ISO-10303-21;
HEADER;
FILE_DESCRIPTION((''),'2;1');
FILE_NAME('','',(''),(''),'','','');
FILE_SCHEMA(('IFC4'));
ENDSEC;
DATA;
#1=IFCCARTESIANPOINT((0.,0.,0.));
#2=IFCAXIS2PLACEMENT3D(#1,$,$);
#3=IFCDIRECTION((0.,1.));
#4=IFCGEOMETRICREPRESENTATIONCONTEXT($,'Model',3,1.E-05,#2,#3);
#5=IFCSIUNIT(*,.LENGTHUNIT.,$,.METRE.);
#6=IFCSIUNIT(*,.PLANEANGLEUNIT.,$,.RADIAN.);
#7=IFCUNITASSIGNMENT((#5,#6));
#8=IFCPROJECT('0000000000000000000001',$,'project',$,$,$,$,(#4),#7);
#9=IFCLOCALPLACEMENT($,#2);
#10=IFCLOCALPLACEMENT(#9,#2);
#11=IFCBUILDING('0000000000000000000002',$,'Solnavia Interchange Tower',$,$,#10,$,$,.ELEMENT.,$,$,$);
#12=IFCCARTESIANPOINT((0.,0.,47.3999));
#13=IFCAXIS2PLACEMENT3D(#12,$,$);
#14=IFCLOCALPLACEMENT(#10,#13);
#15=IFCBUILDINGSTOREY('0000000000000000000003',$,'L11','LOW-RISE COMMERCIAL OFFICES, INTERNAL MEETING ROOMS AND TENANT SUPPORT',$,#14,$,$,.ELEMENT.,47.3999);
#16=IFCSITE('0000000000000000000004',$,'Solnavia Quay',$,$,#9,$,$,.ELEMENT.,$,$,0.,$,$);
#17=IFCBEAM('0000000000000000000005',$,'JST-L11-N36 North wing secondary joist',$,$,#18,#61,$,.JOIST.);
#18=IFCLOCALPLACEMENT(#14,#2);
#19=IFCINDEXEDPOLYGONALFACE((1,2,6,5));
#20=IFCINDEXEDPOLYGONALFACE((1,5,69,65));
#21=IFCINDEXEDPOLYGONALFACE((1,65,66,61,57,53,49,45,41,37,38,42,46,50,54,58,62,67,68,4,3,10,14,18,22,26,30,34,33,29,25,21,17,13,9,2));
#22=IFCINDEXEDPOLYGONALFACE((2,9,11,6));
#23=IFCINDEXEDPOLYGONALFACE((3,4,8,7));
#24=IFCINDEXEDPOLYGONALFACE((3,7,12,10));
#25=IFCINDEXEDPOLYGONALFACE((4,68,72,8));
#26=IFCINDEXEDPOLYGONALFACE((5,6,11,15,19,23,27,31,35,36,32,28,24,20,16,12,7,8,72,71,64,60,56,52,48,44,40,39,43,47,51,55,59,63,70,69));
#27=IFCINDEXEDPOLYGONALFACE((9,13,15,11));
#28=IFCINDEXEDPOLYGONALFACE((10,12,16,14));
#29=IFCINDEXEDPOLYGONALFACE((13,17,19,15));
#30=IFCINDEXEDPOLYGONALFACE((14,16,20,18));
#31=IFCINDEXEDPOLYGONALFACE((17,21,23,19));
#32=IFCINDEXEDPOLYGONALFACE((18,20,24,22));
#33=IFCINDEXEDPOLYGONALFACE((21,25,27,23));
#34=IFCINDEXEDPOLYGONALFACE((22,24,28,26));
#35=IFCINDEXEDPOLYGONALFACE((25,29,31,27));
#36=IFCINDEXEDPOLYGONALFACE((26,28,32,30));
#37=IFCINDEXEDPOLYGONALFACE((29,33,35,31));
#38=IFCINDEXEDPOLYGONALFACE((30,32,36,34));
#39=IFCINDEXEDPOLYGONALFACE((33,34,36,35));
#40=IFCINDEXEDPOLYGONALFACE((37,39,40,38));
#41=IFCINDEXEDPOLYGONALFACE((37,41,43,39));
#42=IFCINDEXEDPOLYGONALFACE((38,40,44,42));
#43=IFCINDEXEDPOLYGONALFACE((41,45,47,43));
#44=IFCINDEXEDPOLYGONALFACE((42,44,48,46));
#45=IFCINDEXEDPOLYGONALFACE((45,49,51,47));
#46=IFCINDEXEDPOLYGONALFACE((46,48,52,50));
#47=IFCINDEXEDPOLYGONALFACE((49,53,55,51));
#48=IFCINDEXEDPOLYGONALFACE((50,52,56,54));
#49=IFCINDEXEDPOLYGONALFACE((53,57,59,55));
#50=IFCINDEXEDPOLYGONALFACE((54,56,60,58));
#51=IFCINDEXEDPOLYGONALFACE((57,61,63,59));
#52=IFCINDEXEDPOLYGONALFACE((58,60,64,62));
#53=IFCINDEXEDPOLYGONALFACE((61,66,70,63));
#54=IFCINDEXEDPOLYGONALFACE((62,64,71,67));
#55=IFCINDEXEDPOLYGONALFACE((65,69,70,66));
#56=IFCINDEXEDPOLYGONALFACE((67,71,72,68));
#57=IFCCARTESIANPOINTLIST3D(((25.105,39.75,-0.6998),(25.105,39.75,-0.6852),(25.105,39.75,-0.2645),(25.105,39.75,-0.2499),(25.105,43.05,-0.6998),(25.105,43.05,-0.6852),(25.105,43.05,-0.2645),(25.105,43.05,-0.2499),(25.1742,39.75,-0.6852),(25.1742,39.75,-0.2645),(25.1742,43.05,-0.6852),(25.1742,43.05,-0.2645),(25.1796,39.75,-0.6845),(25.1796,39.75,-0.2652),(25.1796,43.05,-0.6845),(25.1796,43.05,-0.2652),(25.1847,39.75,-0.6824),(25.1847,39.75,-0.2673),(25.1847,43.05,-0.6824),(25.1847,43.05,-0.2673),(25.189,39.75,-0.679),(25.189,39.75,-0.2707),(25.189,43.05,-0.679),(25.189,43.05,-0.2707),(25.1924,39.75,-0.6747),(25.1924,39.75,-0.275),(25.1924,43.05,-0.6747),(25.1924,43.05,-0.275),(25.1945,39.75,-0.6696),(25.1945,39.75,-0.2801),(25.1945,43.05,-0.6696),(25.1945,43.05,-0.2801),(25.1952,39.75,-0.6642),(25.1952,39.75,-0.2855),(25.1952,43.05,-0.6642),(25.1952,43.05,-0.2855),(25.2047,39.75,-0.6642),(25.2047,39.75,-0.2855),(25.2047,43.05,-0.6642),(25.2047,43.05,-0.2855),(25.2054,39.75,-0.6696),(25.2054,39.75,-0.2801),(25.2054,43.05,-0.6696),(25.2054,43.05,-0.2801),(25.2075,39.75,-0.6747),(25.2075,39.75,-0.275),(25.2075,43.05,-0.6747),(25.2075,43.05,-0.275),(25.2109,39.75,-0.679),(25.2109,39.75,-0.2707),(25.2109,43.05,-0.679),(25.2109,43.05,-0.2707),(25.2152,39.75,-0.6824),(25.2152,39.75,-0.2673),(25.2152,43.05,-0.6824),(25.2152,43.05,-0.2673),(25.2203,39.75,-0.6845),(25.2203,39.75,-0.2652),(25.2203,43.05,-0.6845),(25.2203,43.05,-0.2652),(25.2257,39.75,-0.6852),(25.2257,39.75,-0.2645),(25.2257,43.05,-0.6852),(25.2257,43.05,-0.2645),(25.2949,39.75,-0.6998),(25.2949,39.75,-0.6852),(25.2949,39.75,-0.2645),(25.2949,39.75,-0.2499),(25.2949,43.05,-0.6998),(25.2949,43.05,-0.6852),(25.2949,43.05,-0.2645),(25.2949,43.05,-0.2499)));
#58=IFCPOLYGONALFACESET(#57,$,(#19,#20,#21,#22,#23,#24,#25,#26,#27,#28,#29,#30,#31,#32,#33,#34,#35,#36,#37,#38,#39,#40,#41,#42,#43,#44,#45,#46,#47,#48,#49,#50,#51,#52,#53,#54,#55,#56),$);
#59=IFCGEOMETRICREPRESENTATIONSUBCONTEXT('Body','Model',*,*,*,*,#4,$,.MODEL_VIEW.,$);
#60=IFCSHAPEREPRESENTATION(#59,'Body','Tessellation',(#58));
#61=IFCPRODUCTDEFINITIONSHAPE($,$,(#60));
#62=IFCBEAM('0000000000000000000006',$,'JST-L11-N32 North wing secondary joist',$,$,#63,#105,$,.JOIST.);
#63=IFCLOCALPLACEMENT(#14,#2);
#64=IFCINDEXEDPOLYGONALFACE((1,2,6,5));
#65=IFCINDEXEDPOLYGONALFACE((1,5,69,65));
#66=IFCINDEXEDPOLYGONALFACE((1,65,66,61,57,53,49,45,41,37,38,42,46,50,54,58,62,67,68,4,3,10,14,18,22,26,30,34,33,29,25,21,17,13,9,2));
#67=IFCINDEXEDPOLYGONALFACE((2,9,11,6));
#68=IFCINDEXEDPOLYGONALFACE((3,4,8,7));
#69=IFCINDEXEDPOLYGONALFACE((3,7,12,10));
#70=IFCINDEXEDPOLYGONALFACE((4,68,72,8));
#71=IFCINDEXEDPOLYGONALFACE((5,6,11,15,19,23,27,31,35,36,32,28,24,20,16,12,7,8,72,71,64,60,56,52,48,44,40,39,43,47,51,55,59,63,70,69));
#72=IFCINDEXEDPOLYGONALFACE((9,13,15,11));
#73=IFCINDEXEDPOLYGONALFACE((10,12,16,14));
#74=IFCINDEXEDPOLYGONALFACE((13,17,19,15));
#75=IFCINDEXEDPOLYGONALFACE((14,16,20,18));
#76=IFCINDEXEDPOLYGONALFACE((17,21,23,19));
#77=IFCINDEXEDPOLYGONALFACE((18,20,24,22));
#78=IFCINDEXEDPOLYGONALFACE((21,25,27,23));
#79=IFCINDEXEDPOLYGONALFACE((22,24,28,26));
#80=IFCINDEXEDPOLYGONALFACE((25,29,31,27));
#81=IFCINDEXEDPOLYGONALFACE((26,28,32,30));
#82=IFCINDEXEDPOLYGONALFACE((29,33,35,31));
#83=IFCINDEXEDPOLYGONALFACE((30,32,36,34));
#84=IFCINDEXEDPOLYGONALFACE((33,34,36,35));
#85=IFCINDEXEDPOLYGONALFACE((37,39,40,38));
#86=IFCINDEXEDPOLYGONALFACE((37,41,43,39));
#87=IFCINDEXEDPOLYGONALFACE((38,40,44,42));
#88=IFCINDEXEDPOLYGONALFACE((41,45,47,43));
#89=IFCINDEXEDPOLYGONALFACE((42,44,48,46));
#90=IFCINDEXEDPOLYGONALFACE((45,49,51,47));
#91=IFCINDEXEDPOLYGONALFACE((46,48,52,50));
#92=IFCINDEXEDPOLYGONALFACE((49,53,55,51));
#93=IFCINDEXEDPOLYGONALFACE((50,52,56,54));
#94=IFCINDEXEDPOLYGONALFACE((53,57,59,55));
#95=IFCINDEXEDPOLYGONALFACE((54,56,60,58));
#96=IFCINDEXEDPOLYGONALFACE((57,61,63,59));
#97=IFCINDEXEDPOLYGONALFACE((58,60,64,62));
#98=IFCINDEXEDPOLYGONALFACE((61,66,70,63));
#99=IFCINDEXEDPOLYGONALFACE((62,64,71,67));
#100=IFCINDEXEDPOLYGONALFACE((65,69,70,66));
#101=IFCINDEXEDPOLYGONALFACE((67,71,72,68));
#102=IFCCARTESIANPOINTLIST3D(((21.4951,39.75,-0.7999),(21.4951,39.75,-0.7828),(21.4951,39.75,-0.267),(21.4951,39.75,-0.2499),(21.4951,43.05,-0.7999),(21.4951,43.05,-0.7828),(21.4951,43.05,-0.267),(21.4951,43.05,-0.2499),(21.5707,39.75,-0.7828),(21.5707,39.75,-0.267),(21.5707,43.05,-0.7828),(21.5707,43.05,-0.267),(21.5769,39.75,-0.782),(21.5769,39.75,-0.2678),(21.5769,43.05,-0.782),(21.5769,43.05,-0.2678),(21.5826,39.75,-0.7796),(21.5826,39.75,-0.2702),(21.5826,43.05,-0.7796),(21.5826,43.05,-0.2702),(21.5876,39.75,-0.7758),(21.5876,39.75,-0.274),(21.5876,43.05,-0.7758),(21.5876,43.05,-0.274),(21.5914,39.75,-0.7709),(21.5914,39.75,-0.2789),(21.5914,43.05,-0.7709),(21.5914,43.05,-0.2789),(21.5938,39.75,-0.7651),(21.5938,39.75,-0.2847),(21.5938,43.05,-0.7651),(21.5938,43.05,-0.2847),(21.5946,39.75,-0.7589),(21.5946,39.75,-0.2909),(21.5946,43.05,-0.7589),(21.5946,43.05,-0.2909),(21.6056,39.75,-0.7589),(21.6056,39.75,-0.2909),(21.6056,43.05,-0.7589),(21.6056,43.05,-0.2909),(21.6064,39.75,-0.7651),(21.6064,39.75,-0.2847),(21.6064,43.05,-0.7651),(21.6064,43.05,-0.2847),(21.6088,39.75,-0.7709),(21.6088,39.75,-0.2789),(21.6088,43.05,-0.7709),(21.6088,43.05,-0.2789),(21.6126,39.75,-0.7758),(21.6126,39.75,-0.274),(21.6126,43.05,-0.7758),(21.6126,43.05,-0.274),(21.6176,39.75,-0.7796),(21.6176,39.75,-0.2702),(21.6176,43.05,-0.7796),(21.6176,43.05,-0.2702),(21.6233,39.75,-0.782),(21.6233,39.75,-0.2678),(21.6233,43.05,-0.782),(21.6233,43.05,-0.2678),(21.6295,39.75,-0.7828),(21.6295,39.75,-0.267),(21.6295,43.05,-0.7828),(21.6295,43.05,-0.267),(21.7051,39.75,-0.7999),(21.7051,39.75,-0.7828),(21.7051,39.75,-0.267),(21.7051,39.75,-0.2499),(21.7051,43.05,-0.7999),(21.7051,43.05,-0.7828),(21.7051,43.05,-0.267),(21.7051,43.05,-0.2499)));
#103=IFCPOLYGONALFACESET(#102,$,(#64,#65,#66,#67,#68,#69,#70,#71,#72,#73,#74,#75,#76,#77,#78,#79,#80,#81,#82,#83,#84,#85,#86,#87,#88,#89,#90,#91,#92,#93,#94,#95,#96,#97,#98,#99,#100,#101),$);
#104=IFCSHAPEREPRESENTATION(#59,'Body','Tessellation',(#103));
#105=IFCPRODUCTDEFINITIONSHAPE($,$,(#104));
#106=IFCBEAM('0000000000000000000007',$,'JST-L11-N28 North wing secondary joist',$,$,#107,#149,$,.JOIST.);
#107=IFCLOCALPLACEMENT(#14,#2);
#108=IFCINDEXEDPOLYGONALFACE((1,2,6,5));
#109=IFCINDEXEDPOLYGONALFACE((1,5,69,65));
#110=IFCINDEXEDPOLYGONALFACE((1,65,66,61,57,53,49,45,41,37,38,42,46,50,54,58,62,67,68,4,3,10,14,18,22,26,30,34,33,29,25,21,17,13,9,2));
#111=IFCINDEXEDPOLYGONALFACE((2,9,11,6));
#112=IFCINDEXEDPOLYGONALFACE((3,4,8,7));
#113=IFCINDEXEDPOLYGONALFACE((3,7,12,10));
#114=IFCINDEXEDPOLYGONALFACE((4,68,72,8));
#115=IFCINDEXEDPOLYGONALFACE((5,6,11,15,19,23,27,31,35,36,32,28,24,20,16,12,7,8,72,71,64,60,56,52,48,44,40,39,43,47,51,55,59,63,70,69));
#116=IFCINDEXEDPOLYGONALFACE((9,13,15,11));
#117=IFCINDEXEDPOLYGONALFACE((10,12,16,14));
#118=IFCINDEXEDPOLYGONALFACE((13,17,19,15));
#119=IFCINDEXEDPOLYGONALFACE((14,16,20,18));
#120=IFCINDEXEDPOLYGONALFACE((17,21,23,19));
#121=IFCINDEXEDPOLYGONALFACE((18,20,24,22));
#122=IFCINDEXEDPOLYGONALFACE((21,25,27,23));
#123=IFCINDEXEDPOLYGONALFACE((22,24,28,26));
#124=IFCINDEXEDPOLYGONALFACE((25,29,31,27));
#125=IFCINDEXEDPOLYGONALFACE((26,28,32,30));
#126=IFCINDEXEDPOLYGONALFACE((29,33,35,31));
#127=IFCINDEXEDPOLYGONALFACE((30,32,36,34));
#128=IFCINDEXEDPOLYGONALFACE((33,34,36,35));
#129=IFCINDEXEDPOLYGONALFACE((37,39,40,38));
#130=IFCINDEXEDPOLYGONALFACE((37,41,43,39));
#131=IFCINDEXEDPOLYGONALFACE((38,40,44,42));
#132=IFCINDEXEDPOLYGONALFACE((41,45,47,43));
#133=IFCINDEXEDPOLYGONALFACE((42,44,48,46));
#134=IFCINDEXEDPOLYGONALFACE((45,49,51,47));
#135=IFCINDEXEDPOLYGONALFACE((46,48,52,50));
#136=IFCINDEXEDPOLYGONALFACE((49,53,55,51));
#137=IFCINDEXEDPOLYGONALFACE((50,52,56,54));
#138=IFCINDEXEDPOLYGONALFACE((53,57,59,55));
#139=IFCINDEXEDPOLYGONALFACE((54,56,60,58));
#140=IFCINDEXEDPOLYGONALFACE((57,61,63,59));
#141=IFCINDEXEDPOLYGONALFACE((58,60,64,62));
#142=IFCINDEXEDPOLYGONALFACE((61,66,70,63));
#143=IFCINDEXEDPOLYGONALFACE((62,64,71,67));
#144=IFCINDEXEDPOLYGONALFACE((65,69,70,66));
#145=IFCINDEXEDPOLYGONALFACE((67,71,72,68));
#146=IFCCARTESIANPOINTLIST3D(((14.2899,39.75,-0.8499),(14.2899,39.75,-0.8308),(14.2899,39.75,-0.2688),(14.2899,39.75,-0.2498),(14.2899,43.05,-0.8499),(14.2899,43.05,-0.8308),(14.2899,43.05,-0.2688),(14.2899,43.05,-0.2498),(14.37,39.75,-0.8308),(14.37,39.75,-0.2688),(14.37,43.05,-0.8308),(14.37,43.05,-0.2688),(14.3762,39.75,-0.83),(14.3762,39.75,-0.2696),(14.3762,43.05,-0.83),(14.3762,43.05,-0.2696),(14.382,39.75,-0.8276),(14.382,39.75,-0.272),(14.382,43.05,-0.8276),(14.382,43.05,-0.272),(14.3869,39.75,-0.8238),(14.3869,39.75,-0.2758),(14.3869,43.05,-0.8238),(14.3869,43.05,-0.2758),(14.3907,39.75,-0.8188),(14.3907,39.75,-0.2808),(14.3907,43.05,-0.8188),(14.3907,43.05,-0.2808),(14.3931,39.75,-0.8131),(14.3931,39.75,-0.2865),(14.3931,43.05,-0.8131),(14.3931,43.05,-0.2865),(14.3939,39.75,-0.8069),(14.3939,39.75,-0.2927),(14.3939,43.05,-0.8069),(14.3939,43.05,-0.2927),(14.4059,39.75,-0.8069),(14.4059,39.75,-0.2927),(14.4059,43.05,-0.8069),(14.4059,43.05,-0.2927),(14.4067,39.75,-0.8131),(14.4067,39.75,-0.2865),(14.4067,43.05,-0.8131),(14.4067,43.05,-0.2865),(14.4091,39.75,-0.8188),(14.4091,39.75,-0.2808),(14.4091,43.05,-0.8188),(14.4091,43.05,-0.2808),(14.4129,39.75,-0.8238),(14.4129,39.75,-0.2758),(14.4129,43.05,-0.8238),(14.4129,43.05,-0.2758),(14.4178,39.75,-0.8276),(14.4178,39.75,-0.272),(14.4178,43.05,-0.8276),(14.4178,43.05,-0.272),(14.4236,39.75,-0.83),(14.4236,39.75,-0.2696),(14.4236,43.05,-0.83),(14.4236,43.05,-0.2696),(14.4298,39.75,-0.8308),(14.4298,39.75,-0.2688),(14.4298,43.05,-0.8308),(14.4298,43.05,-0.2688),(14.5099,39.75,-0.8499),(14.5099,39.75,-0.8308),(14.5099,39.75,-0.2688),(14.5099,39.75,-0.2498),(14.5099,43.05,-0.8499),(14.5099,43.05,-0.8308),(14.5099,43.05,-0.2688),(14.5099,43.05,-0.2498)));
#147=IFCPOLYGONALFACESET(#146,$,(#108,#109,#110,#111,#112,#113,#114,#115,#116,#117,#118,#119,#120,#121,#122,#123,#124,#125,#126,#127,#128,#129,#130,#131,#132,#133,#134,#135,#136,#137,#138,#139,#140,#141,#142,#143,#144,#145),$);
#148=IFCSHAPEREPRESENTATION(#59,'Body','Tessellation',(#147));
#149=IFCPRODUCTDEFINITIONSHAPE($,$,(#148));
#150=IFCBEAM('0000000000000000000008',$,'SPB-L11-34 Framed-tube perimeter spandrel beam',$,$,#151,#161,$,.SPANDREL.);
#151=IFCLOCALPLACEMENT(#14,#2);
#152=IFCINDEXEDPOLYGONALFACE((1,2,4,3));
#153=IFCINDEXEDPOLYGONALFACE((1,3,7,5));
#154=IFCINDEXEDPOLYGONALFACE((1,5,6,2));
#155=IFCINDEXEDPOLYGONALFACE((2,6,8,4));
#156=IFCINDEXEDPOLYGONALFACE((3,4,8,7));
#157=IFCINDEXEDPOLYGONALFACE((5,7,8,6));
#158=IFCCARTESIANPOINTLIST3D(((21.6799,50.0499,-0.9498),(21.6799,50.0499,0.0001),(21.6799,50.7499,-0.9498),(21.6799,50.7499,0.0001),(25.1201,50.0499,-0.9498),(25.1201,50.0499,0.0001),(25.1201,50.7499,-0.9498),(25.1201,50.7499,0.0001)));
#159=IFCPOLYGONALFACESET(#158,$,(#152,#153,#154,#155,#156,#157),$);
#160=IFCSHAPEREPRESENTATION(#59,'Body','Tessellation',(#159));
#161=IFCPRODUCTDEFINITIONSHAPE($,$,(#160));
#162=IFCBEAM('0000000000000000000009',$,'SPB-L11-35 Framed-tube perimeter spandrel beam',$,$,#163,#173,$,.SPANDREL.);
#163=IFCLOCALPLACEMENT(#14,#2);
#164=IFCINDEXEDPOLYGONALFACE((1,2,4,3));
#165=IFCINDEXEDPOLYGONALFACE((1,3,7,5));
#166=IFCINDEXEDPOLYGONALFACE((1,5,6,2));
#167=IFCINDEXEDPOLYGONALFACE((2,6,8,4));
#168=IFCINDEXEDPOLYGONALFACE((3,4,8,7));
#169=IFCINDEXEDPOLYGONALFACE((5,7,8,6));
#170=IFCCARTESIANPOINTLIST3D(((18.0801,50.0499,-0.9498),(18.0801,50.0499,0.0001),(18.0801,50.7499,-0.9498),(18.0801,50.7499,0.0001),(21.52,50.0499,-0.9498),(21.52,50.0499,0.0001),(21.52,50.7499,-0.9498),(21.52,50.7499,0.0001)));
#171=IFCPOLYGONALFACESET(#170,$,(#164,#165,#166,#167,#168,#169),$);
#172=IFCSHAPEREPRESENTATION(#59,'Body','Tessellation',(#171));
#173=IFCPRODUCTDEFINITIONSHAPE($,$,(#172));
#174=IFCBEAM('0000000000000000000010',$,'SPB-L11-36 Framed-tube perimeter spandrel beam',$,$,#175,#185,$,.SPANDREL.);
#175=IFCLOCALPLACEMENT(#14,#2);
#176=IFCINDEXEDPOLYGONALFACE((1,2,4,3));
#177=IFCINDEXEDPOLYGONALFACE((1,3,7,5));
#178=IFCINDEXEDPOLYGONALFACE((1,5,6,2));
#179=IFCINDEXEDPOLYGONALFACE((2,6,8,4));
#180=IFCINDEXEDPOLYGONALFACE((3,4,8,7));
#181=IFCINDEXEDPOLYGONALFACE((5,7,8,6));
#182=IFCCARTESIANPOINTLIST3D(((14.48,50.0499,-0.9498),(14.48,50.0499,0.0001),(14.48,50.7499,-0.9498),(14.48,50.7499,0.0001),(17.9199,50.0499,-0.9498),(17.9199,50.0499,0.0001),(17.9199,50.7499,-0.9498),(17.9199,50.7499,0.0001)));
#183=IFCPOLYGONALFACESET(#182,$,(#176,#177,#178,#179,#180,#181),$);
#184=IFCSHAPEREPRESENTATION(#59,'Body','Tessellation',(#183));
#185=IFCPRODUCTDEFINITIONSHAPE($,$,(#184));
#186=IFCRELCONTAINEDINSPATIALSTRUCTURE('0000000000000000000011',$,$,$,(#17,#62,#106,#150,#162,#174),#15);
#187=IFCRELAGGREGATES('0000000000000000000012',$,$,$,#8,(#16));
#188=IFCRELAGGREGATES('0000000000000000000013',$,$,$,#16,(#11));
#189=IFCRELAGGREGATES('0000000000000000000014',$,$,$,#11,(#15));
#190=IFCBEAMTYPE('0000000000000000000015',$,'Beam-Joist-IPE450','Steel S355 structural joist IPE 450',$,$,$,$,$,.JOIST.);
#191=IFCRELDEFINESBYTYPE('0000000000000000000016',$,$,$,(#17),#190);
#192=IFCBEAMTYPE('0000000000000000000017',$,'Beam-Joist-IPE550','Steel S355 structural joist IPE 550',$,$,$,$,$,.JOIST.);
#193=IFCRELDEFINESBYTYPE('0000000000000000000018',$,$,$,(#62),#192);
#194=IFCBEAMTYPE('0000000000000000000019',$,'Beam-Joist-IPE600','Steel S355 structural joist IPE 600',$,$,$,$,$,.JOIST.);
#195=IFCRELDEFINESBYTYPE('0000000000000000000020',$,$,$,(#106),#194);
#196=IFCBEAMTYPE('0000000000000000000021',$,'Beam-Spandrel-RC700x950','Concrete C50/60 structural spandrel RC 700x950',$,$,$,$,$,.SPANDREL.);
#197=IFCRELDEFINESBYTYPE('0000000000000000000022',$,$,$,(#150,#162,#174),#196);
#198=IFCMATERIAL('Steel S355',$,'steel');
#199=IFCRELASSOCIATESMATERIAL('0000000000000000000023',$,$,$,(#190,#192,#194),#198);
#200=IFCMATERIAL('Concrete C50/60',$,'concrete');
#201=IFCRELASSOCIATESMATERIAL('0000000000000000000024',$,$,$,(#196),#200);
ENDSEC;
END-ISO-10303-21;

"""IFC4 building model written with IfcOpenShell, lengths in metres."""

from ifc_helpers import new_model, si_unit, direction, frame, origin, origin_2d, place, context, subcontext, project, spatial, rectangle, i_section, extrude, material, material_profile, profile_set, type_object, element, save


model = new_model("IFC4")

# Units and contexts
model_context = context("Model", 3, precision=1e-05, world=origin(), true_north=direction((0.0, 1.0)))
body_context = subcontext(model_context, "Body", "Model", "MODEL_VIEW")
ifc_project = project(units=[si_unit("LENGTHUNIT", "METRE"), si_unit("PLANEANGLEUNIT", "RADIAN")], contexts=[model_context])

# Site, building, storey
site_placement = place(None, origin())
site = spatial("IfcSite", under=ifc_project, at=site_placement, Name="Solnavia Quay", CompositionType="ELEMENT", RefElevation=0.0)
building_placement = place(site_placement, origin())
building = spatial("IfcBuilding", under=site, at=building_placement, Name="Solnavia Interchange Tower", CompositionType="ELEMENT")
storey_placement = place(building_placement, frame((0.0, 0.0, 47.3999)))
storey = spatial("IfcBuildingStorey", under=building, at=storey_placement, Name="L11", Description="LOW-RISE COMMERCIAL OFFICES, INTERNAL MEETING ROOMS AND TENANT SUPPORT", CompositionType="ELEMENT", Elevation=47.3999)

# Shared definitions
ifc_material_1 = material(Name="Steel S355", Category="steel")

# Beams
ifc_material_profile_1 = material_profile(ifc_material_1, i_section(OverallWidth=0.1899, OverallDepth=0.45, WebThickness=0.0095, FlangeThickness=0.0146, FilletRadius=0.021, at=origin_2d()), Name="IPE 450")
ifc_profile_set_1 = profile_set([ifc_material_profile_1], Name="Steel S355")
beam_type_1 = type_object("IfcBeamType", Name="Beam-Joist-IPE450", Description="Steel S355 structural joist IPE 450", PredefinedType="JOIST", material=ifc_profile_set_1)
beam_1_placement = place(storey_placement, frame((25.2, 39.75, -0.4749), z_axis=(0.0, 1.0, 0.0), x_axis=(-1.0, 0.0, 0.0)))
element("IfcBeam", 1, at=beam_1_placement, inside=storey, type_object=beam_type_1, Name="JST-L11-N36 North wing secondary joist", PredefinedType="JOIST", context=body_context, shape_type="SweptSolid", body=[
    extrude(i_section(OverallWidth=0.1899, OverallDepth=0.45, WebThickness=0.0095, FlangeThickness=0.0146, FilletRadius=0.021, at=origin_2d()), origin(), (0.0, 0.0, 1.0), 3.3),
])
ifc_material_profile_2 = material_profile(ifc_material_1, i_section(OverallWidth=0.21, OverallDepth=0.55, WebThickness=0.011, FlangeThickness=0.0171, FilletRadius=0.0239, at=origin_2d()), Name="IPE 550")
ifc_profile_set_2 = profile_set([ifc_material_profile_2], Name="Steel S355")
beam_type_2 = type_object("IfcBeamType", Name="Beam-Joist-IPE550", Description="Steel S355 structural joist IPE 550", PredefinedType="JOIST", material=ifc_profile_set_2)
beam_2_placement = place(storey_placement, frame((21.6001, 39.75, -0.5249), z_axis=(0.0, 1.0, 0.0), x_axis=(-1.0, 0.0, 0.0)))
element("IfcBeam", 2, at=beam_2_placement, inside=storey, type_object=beam_type_2, Name="JST-L11-N32 North wing secondary joist", PredefinedType="JOIST", context=body_context, shape_type="SweptSolid", body=[
    extrude(i_section(OverallWidth=0.21, OverallDepth=0.55, WebThickness=0.011, FlangeThickness=0.0171, FilletRadius=0.0239, at=origin_2d()), origin(), (0.0, 0.0, 1.0), 3.3),
])
ifc_material_profile_3 = material_profile(ifc_material_1, i_section(OverallWidth=0.22, OverallDepth=0.6001, WebThickness=0.012, FlangeThickness=0.019, FilletRadius=0.0239, at=origin_2d()), Name="IPE 600")
ifc_profile_set_3 = profile_set([ifc_material_profile_3], Name="Steel S355")
beam_type_3 = type_object("IfcBeamType", Name="Beam-Joist-IPE600", Description="Steel S355 structural joist IPE 600", PredefinedType="JOIST", material=ifc_profile_set_3)
beam_3_placement = place(storey_placement, frame((14.3999, 39.75, -0.5498), z_axis=(0.0, 1.0, 0.0), x_axis=(-1.0, 0.0, 0.0)))
element("IfcBeam", 3, at=beam_3_placement, inside=storey, type_object=beam_type_3, Name="JST-L11-N28 North wing secondary joist", PredefinedType="JOIST", context=body_context, shape_type="SweptSolid", body=[
    extrude(i_section(OverallWidth=0.22, OverallDepth=0.6001, WebThickness=0.012, FlangeThickness=0.019, FilletRadius=0.0239, at=origin_2d()), origin(), (0.0, 0.0, 1.0), 3.3),
])
ifc_material_2 = material(Name="Concrete C50/60", Category="concrete")
ifc_material_profile_4 = material_profile(ifc_material_2, rectangle(XDim=0.7, YDim=0.95, at=origin_2d()), Name="RC 700x950")
ifc_profile_set_4 = profile_set([ifc_material_profile_4], Name="Concrete C50/60")
beam_type_4 = type_object("IfcBeamType", Name="Beam-Spandrel-RC700x950", Description="Concrete C50/60 structural spandrel RC 700x950", PredefinedType="SPANDREL", material=ifc_profile_set_4)
beam_4_placement = place(storey_placement, frame((25.1201, 50.3999, -0.4749), z_axis=(-1.0, 0.0, 0.0), x_axis=(0.0, -1.0, 0.0)))
element("IfcBeam", 4, at=beam_4_placement, inside=storey, type_object=beam_type_4, Name="SPB-L11-34 Framed-tube perimeter spandrel beam", PredefinedType="SPANDREL", context=body_context, shape_type="SweptSolid", body=[
    extrude(rectangle(XDim=0.7, YDim=0.95, at=origin_2d()), origin(), (0.0, 0.0, 1.0), 3.4402),
])
for number, where, z_axis, x_axis, name in (
    (5, (21.52, 50.3999, -0.4749), (-1.0, 0.0, 0.0), (0.0, -1.0, 0.0), "SPB-L11-35 Framed-tube perimeter spandrel beam"),
    (6, (17.9199, 50.3999, -0.4749), (-1.0, 0.0, 0.0), (0.0, -1.0, 0.0), "SPB-L11-36 Framed-tube perimeter spandrel beam"),
):
    element("IfcBeam", number, at=place(storey_placement, frame(where, z_axis=z_axis, x_axis=x_axis)), inside=storey, type_object=beam_type_4, Name=name, PredefinedType="SPANDREL", context=body_context, shape_type="SweptSolid", body=[
        extrude(rectangle(XDim=0.7, YDim=0.95, at=origin_2d()), origin(), (0.0, 0.0, 1.0), 3.4399),
    ])

save(model, "model.ifc")
